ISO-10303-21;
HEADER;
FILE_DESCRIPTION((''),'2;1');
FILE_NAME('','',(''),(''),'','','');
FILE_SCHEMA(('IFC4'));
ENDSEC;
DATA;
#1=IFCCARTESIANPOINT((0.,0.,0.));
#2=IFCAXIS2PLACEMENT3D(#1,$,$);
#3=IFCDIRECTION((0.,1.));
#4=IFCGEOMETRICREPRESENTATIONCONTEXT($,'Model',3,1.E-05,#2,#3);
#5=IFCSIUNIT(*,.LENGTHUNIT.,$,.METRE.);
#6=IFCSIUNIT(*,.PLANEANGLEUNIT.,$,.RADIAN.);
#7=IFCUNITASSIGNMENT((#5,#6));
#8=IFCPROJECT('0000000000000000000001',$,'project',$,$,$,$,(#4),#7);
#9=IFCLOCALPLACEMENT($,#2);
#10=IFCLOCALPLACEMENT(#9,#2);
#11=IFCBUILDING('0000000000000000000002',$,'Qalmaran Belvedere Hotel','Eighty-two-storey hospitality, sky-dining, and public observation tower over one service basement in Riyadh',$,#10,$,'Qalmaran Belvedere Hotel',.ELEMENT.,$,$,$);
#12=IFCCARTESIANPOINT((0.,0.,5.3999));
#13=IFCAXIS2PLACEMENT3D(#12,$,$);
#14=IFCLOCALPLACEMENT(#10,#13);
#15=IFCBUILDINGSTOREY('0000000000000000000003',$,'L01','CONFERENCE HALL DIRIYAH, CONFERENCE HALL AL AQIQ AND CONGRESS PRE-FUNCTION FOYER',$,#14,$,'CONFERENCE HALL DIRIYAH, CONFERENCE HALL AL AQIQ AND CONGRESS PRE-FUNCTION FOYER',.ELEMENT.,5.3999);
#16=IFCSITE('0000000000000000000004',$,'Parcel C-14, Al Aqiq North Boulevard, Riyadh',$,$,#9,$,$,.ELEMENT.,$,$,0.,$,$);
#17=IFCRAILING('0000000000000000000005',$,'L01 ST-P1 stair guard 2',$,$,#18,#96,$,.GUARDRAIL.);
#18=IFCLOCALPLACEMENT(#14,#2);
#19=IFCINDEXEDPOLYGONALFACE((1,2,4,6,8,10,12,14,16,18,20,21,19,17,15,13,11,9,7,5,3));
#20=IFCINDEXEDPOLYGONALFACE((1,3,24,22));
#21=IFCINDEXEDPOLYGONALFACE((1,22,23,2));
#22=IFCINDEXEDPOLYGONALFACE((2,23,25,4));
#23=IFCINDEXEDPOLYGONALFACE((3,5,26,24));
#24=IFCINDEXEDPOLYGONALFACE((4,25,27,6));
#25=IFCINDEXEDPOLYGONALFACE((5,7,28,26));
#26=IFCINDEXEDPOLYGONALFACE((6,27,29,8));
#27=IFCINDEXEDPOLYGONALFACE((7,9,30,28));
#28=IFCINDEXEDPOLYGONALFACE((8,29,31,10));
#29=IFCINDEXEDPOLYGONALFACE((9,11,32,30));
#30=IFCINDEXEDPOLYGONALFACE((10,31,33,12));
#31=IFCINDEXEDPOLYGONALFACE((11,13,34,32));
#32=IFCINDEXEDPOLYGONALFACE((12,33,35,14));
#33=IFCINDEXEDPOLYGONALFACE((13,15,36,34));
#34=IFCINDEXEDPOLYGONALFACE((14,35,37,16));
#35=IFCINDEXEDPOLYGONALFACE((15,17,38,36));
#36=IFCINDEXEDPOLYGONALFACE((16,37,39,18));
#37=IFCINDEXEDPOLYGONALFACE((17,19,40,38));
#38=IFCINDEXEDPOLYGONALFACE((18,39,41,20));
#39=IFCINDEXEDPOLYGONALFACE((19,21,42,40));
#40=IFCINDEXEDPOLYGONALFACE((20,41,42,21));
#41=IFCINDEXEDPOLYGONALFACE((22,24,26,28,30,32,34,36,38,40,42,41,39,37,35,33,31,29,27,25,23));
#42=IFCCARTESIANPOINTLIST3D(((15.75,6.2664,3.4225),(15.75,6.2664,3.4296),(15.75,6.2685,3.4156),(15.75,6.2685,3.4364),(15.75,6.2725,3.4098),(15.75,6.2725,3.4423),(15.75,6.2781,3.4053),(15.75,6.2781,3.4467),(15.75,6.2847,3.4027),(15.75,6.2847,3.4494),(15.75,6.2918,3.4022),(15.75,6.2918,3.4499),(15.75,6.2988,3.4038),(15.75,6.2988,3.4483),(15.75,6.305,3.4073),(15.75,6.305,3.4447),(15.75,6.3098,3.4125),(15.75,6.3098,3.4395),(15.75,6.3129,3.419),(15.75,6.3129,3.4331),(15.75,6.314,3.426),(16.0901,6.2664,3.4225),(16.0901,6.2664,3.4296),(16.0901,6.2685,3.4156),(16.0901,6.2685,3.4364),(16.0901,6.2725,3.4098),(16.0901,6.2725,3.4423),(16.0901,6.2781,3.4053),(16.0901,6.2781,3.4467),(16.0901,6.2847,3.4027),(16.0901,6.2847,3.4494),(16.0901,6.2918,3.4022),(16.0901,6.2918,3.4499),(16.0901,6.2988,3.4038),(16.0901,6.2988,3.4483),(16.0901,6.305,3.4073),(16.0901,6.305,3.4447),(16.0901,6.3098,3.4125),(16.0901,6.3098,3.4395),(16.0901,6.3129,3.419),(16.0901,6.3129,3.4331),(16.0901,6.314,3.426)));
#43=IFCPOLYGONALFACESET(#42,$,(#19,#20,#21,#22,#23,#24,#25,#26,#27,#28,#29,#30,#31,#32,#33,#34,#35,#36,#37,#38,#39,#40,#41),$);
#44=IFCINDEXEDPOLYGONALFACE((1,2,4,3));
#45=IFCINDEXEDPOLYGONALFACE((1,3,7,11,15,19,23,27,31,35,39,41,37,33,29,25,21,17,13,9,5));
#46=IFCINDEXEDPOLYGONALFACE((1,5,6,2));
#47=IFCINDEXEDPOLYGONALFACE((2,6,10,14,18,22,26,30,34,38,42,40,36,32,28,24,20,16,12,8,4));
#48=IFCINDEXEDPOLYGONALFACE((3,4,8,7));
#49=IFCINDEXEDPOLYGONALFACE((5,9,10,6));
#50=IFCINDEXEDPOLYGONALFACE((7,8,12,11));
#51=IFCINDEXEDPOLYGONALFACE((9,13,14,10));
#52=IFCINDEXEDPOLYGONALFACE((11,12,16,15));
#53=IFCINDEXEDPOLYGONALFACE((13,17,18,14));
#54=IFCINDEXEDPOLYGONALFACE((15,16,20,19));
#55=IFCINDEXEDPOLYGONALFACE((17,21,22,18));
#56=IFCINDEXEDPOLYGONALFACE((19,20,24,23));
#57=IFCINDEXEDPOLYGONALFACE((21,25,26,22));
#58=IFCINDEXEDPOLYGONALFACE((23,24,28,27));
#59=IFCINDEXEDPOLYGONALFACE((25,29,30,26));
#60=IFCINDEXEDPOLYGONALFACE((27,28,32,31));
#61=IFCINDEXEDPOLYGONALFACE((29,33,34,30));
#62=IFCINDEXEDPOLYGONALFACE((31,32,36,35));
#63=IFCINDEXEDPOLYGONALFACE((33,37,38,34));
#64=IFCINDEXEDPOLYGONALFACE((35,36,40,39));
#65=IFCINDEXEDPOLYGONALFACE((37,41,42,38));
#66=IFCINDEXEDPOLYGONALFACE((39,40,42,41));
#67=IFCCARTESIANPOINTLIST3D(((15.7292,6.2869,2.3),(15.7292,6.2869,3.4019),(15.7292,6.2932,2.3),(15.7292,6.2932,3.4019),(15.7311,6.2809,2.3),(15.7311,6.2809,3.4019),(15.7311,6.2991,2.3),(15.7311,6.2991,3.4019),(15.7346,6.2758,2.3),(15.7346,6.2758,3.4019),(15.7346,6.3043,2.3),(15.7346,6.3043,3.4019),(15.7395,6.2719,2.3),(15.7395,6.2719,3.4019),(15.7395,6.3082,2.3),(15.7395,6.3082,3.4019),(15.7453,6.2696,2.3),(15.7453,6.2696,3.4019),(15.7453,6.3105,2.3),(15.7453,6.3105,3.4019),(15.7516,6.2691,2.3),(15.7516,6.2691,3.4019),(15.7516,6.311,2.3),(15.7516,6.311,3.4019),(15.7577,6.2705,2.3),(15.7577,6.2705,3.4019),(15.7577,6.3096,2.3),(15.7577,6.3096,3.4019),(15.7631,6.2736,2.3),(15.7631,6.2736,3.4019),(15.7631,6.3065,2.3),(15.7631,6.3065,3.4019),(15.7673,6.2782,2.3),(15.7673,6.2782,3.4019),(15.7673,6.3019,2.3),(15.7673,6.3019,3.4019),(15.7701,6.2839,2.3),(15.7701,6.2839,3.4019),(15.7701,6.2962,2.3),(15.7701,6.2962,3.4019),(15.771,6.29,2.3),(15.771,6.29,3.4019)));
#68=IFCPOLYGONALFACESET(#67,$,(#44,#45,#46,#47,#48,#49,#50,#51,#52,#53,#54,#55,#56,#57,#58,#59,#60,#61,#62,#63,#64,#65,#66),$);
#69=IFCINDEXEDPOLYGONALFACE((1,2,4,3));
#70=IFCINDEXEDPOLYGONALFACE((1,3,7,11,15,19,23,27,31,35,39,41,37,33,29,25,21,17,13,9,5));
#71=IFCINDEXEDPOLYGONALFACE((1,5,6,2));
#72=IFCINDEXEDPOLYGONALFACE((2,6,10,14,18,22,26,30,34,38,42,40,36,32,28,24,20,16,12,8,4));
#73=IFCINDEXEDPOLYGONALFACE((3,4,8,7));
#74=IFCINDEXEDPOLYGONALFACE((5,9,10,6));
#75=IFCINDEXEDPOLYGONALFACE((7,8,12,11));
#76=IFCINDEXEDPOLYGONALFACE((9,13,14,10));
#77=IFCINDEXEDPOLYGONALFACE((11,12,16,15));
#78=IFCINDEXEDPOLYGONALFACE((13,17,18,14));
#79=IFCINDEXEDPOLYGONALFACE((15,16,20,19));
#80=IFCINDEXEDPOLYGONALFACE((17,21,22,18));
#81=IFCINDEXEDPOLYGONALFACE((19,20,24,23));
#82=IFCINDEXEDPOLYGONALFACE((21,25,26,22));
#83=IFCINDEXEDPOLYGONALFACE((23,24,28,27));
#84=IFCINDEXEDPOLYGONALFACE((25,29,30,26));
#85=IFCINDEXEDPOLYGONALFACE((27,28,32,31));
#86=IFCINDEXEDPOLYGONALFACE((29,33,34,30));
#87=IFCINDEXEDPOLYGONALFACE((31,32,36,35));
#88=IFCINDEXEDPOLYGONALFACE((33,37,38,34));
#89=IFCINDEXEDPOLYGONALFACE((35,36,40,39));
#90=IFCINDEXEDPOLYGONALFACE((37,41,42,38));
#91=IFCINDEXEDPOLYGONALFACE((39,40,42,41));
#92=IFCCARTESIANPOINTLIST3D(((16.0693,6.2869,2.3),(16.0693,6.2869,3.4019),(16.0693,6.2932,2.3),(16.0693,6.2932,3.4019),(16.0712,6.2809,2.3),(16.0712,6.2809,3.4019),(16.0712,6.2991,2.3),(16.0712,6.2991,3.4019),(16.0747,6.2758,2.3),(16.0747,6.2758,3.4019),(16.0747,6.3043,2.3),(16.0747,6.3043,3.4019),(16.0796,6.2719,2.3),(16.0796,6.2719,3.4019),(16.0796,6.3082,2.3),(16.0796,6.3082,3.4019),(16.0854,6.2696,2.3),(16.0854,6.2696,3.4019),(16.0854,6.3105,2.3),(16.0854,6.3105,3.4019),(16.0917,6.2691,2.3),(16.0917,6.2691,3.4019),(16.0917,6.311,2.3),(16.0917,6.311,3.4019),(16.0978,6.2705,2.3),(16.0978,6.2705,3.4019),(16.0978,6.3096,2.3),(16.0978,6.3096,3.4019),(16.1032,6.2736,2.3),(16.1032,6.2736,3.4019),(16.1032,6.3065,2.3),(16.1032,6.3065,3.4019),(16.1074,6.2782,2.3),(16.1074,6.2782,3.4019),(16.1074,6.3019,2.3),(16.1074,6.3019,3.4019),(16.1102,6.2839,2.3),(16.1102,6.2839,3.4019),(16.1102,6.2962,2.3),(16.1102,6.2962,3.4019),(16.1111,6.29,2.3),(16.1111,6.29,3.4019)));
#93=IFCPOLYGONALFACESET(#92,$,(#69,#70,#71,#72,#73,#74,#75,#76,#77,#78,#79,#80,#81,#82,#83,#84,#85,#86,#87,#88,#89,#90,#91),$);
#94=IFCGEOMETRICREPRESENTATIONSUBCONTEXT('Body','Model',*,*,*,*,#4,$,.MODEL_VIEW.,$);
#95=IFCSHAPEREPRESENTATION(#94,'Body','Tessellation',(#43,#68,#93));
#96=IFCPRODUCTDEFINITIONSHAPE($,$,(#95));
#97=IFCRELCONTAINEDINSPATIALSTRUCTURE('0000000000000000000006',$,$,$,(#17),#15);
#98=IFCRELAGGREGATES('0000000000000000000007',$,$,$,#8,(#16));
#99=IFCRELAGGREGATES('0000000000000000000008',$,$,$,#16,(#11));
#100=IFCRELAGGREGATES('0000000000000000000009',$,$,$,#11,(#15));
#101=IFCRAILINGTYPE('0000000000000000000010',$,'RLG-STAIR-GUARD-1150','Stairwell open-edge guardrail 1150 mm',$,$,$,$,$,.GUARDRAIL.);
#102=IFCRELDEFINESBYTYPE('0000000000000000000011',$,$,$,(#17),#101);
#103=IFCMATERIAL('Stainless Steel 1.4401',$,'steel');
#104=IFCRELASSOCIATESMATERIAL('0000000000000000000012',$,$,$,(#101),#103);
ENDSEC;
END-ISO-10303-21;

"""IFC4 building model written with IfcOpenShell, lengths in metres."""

from ifc_helpers import new_model, si_unit, direction, frame, origin, origin_2d, place, context, subcontext, project, spatial, circle, extrude, material, type_object, element, save


model = new_model("IFC4")

# Units and contexts
model_context = context("Model", 3, precision=1e-05, world=origin(), true_north=direction((0.0, 1.0)))
body_context = subcontext(model_context, "Body", "Model", "MODEL_VIEW")
ifc_project = project(units=[si_unit("LENGTHUNIT", "METRE"), si_unit("PLANEANGLEUNIT", "RADIAN")], contexts=[model_context])

# Site, building, storey
site_placement = place(None, origin())
site = spatial("IfcSite", under=ifc_project, at=site_placement, Name="Parcel C-14, Al Aqiq North Boulevard, Riyadh", CompositionType="ELEMENT", RefElevation=0.0)
building_placement = place(site_placement, origin())
building = spatial("IfcBuilding", under=site, at=building_placement, Name="Qalmaran Belvedere Hotel", Description="Eighty-two-storey hospitality, sky-dining, and public observation tower over one service basement in Riyadh", LongName="Qalmaran Belvedere Hotel", CompositionType="ELEMENT")
storey_placement = place(building_placement, frame((0.0, 0.0, 5.3999)))
storey = spatial("IfcBuildingStorey", under=building, at=storey_placement, Name="L01", Description="CONFERENCE HALL DIRIYAH, CONFERENCE HALL AL AQIQ AND CONGRESS PRE-FUNCTION FOYER", LongName="CONFERENCE HALL DIRIYAH, CONFERENCE HALL AL AQIQ AND CONGRESS PRE-FUNCTION FOYER", CompositionType="ELEMENT", Elevation=5.3999)

# Railing
ifc_material_1 = material(Name="Stainless Steel 1.4401", Category="steel")
railing_type_1 = type_object("IfcRailingType", Name="RLG-STAIR-GUARD-1150", Description="Stairwell open-edge guardrail 1150 mm", PredefinedType="GUARDRAIL", material=ifc_material_1)
railing_1_placement = place(storey_placement, frame((15.75, 6.29, 2.3)))
element("IfcRailing", 1, at=railing_1_placement, inside=storey, type_object=railing_type_1, Name="L01 ST-P1 stair guard 2", PredefinedType="GUARDRAIL", context=body_context, shape_type="SweptSolid", body=[
    extrude(circle(Radius=0.0239, at=origin_2d()), frame((0.0, 0.0, 1.126), z_axis=(1.0, 0.0, 0.0), x_axis=(0.0, 1.0, 0.0)), (0.0, 0.0, 1.0), 0.3401),
    extrude(circle(Radius=0.021, at=origin_2d()), origin(), (0.0, 0.0, 1.0), 1.1018),
    extrude(circle(Radius=0.021, at=origin_2d()), frame((0.3401, 0.0, 0.0)), (0.0, 0.0, 1.0), 1.1018),
])

save(model, "model.ifc")
